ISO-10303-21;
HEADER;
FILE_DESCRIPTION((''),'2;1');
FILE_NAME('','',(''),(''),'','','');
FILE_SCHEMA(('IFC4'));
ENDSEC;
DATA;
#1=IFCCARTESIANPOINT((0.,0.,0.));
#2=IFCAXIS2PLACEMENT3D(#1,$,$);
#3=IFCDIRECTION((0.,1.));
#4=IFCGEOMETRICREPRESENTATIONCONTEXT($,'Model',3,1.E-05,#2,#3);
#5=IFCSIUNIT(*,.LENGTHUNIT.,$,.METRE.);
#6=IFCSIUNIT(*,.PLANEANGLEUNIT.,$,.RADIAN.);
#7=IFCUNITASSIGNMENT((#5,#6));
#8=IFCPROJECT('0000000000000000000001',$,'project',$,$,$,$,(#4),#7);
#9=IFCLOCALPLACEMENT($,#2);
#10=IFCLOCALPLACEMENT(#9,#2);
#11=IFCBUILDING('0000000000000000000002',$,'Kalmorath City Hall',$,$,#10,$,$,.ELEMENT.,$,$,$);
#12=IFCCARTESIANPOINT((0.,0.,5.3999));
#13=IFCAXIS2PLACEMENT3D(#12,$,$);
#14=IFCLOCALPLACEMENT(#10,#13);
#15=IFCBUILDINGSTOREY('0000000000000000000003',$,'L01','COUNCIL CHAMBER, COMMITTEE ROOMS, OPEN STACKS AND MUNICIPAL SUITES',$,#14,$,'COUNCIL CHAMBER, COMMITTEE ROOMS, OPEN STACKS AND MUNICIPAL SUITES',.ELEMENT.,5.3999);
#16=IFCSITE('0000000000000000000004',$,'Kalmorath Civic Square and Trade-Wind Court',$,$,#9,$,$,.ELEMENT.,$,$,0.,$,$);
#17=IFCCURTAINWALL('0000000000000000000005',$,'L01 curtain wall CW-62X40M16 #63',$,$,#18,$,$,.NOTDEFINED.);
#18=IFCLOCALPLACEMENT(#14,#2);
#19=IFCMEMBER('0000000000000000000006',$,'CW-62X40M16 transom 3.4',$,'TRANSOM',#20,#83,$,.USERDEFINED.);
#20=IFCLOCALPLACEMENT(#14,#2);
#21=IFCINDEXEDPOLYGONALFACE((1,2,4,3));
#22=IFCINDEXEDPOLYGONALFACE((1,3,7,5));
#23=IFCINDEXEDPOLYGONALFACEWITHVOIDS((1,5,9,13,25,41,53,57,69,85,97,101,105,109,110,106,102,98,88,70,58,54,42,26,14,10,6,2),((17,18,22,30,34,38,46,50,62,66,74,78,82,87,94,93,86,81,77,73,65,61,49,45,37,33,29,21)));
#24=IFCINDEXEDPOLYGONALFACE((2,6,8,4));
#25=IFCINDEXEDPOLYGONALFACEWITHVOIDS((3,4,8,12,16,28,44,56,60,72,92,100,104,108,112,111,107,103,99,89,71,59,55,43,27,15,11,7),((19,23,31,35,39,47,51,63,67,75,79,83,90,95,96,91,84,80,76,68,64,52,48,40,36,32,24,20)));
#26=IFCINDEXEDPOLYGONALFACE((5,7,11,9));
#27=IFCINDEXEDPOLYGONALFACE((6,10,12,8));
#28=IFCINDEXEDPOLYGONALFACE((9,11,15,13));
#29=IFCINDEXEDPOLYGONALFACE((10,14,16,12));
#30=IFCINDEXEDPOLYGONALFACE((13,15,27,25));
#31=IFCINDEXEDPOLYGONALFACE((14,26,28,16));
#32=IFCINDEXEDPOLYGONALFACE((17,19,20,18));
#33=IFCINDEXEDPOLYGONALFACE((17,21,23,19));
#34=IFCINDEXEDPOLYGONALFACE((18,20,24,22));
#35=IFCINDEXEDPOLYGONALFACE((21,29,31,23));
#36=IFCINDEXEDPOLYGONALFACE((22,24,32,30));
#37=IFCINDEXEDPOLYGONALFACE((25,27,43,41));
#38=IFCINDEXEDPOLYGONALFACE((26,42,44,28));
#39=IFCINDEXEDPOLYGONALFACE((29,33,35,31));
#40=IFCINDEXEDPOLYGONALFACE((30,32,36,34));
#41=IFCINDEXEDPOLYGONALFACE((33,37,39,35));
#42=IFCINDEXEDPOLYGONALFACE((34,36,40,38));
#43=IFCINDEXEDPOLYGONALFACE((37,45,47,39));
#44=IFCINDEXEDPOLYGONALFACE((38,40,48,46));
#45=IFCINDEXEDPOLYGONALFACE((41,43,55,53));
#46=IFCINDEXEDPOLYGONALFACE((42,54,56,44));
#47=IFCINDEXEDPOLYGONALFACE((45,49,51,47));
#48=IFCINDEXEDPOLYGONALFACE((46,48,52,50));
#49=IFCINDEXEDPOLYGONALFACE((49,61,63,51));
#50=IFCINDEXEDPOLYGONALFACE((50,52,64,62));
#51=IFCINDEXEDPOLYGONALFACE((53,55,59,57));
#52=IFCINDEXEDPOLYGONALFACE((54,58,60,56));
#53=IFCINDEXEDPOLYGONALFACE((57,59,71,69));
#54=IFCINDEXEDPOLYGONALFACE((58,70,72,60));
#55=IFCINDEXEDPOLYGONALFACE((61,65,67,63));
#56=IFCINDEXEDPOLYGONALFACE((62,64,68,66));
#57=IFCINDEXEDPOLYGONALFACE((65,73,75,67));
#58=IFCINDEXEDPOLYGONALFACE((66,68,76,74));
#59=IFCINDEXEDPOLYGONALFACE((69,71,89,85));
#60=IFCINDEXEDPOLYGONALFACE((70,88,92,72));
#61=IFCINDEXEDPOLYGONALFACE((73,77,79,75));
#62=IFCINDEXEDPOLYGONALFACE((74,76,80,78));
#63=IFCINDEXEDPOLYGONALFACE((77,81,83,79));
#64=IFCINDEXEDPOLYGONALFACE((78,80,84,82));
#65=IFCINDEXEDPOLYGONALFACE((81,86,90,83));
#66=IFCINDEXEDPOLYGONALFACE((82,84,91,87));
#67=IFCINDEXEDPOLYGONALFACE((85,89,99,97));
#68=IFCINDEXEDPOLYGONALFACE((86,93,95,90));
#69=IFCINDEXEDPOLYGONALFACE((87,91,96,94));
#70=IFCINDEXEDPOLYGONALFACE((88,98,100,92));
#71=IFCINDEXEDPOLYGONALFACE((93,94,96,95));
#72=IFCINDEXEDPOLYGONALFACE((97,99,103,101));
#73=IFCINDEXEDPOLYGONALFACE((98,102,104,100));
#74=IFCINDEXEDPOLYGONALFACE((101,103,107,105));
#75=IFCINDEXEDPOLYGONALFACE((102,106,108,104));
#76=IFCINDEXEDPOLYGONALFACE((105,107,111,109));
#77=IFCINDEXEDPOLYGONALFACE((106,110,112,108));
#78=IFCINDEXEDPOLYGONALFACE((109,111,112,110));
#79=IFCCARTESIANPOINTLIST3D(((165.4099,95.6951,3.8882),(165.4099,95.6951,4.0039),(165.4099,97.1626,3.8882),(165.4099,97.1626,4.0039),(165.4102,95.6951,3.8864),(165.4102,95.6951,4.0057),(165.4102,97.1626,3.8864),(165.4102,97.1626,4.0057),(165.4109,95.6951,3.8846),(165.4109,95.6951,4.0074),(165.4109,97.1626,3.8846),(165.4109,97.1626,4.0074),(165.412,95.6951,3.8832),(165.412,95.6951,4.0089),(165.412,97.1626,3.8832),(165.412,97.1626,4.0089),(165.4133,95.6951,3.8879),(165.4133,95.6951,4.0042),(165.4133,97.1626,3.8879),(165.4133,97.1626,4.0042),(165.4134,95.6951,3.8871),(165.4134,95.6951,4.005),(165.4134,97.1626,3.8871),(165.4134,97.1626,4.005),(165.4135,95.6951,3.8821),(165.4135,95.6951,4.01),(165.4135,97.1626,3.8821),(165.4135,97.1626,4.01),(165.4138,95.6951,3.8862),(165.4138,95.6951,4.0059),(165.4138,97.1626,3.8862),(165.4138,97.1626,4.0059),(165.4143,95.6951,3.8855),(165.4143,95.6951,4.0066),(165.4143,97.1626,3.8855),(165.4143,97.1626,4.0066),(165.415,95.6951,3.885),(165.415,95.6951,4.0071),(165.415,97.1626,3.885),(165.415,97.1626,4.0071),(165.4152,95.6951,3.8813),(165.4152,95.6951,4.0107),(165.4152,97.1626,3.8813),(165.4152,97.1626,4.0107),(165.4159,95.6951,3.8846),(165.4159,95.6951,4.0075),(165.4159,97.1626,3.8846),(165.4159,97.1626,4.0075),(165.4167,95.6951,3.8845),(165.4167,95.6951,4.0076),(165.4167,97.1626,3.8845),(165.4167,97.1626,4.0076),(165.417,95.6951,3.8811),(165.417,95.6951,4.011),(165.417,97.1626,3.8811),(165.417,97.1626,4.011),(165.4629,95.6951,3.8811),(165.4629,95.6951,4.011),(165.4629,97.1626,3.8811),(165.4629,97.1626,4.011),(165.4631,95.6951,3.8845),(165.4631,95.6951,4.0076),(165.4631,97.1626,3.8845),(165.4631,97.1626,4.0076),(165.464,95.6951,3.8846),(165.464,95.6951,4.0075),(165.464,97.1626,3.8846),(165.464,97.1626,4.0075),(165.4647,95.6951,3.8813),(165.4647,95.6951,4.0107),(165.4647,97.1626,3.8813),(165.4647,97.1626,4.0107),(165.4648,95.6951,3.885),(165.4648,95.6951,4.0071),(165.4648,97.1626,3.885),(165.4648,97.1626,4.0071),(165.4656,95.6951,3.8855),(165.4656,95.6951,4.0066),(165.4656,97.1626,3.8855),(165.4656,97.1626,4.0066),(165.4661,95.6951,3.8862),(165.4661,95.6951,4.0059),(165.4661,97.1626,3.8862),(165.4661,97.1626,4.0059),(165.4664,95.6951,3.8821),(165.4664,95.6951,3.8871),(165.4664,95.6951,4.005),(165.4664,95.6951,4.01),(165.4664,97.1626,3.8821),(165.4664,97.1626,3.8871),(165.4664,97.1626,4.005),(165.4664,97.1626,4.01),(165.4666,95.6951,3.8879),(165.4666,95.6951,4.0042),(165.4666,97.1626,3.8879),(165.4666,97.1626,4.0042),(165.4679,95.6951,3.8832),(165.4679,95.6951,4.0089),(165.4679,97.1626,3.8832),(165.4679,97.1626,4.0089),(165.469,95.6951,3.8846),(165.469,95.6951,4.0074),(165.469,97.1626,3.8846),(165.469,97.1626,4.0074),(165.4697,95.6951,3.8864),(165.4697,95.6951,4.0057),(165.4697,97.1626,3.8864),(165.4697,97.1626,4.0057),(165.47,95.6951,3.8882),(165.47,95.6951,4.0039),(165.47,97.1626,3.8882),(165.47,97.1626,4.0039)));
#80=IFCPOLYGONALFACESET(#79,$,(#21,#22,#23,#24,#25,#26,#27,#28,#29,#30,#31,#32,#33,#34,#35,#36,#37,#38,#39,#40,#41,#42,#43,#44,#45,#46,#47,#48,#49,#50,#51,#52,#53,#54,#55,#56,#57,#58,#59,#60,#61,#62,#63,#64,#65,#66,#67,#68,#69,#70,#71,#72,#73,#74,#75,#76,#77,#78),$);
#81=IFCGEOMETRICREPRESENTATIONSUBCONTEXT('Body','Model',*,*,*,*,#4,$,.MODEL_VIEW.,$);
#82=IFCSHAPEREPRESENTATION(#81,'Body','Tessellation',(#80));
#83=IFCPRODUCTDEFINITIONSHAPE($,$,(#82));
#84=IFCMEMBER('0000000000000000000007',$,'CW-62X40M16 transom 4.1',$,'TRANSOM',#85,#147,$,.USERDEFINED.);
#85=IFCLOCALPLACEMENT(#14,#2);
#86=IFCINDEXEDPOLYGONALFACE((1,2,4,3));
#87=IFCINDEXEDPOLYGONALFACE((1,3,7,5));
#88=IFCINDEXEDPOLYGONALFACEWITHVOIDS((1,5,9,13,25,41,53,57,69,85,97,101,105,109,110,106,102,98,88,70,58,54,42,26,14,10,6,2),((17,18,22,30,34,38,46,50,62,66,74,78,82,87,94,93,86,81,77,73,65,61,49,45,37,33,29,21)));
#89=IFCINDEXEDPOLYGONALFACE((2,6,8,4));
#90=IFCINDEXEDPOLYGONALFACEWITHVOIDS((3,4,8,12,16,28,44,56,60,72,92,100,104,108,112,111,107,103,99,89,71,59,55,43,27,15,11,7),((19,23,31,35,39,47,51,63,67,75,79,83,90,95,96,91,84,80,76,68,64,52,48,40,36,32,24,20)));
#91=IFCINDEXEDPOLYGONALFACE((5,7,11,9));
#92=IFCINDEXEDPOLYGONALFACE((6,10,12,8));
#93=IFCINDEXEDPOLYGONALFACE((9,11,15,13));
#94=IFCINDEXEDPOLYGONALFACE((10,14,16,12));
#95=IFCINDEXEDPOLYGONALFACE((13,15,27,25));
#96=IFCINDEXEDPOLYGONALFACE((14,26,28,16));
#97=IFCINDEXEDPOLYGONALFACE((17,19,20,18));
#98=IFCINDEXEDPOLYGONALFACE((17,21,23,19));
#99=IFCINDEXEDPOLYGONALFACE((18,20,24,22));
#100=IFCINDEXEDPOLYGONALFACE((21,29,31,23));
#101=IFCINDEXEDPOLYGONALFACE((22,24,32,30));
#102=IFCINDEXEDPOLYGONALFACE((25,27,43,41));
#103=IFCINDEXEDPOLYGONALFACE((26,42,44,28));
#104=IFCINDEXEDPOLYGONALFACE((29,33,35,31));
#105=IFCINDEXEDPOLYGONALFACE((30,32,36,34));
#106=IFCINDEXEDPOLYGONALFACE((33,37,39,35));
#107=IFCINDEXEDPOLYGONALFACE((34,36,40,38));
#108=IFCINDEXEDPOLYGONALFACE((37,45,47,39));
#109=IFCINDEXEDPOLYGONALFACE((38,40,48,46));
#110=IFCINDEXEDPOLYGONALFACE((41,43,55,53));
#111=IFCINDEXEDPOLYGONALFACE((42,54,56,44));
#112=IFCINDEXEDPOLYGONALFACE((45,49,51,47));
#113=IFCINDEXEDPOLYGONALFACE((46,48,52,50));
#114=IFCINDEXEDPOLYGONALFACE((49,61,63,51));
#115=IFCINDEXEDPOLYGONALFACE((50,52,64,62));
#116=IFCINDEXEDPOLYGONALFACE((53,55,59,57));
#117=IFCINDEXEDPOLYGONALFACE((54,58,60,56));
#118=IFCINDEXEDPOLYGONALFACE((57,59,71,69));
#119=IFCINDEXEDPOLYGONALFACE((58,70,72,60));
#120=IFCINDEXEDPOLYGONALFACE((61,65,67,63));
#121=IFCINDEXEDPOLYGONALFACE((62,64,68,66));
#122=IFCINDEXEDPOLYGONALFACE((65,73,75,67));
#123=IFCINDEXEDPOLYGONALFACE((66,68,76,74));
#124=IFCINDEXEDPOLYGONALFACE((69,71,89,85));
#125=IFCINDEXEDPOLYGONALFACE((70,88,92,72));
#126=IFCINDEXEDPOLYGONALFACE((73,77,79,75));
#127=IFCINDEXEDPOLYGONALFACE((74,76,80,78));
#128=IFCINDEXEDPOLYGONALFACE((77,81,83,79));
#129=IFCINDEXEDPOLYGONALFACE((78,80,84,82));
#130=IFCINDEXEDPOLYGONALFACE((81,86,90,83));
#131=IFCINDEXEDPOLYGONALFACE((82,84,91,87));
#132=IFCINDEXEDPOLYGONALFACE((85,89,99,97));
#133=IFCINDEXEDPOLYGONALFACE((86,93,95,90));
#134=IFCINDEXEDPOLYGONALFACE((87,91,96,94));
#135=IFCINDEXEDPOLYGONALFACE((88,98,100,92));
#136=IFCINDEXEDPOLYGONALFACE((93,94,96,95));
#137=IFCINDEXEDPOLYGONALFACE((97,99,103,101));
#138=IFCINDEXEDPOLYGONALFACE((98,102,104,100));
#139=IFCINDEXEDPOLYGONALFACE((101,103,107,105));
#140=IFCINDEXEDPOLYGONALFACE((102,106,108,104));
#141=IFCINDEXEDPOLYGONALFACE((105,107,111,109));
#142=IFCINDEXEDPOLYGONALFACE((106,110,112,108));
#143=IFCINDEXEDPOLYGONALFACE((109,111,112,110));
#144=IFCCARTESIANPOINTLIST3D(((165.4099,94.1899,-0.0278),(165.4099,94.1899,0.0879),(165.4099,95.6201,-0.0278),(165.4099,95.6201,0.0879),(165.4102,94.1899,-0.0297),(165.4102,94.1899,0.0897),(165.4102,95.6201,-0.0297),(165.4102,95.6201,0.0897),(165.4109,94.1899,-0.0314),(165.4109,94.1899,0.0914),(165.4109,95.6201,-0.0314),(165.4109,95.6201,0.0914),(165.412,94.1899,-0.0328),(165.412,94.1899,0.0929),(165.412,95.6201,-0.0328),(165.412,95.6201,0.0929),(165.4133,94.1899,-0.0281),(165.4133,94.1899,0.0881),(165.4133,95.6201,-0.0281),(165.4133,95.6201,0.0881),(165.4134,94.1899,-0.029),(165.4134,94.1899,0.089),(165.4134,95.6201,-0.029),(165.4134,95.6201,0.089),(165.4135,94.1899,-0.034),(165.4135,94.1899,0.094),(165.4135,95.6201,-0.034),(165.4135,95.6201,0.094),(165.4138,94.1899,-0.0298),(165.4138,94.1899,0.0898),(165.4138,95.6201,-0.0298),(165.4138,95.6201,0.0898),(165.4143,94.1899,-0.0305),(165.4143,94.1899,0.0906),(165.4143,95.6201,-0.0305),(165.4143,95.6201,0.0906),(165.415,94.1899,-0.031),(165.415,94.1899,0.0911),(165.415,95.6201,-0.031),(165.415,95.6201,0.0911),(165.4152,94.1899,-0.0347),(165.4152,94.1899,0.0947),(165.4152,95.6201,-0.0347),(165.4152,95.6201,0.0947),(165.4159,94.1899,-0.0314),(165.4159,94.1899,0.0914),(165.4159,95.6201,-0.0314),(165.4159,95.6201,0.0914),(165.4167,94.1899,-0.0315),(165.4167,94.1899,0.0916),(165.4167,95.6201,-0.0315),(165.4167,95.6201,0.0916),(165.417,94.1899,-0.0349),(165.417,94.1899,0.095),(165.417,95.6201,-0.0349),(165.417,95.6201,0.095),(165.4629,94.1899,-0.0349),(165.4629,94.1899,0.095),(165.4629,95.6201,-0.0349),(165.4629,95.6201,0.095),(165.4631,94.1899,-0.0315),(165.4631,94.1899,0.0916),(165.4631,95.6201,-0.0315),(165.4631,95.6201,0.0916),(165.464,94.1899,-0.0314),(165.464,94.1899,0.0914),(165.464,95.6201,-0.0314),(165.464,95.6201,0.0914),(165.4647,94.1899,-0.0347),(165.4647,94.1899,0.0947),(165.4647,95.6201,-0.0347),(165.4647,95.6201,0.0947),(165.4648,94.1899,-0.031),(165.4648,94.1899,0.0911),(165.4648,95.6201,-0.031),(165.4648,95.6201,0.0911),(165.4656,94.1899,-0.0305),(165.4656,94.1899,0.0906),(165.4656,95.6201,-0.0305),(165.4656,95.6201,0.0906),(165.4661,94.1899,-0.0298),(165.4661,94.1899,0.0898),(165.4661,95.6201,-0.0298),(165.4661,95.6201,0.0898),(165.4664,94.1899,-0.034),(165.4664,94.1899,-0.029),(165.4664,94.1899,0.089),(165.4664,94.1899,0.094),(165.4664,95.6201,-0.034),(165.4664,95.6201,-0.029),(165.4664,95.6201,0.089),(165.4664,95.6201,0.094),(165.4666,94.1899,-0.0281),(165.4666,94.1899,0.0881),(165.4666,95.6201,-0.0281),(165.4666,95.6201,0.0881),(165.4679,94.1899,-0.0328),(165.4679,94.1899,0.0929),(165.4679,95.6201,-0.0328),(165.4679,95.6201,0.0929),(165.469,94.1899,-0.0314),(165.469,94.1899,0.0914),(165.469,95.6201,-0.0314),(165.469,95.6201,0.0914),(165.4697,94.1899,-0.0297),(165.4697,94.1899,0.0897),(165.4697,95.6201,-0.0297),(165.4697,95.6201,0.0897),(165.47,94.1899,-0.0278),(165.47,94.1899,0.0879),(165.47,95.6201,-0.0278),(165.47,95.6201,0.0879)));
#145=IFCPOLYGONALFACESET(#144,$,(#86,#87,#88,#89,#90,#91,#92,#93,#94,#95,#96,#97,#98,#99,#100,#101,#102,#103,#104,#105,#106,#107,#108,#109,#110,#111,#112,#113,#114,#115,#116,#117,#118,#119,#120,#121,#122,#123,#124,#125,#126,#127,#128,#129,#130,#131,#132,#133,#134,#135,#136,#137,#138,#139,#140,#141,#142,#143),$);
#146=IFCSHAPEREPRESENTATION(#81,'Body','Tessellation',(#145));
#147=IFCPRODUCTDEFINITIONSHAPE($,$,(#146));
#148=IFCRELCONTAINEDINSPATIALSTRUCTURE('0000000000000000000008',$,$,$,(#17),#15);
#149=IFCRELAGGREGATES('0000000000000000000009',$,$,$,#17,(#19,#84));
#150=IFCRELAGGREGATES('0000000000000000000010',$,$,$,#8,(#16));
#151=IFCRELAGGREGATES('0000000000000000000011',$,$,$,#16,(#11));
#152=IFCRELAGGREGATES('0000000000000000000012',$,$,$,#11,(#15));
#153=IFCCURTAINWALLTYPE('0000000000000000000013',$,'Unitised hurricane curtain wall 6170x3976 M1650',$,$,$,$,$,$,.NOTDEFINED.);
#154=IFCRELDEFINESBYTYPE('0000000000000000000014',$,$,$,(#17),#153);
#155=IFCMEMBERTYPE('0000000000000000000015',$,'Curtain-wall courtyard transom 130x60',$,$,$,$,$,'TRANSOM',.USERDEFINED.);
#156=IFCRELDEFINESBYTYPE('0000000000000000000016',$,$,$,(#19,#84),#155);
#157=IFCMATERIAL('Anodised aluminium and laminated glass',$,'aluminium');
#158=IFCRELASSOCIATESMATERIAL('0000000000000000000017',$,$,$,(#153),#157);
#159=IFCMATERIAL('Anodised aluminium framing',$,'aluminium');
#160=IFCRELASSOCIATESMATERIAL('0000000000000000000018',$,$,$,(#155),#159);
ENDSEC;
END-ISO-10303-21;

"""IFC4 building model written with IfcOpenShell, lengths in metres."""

from ifc_helpers import new_model, si_unit, direction, frame, origin, origin_2d, place, context, subcontext, project, spatial, hollow_rectangle, extrude, material, material_profile, profile_set, type_object, element, aggregate, save


model = new_model("IFC4")

# Units and contexts
model_context = context("Model", 3, precision=1e-05, world=origin(), true_north=direction((0.0, 1.0)))
body_context = subcontext(model_context, "Body", "Model", "MODEL_VIEW")
ifc_project = project(units=[si_unit("LENGTHUNIT", "METRE"), si_unit("PLANEANGLEUNIT", "RADIAN")], contexts=[model_context])

# Site, building, storey
site_placement = place(None, origin())
site = spatial("IfcSite", under=ifc_project, at=site_placement, Name="Kalmorath Civic Square and Trade-Wind Court", CompositionType="ELEMENT", RefElevation=0.0)
building_placement = place(site_placement, origin())
building = spatial("IfcBuilding", under=site, at=building_placement, Name="Kalmorath City Hall", CompositionType="ELEMENT")
storey_placement = place(building_placement, frame((0.0, 0.0, 5.3999)))
storey = spatial("IfcBuildingStorey", under=building, at=storey_placement, Name="L01", Description="COUNCIL CHAMBER, COMMITTEE ROOMS, OPEN STACKS AND MUNICIPAL SUITES", LongName="COUNCIL CHAMBER, COMMITTEE ROOMS, OPEN STACKS AND MUNICIPAL SUITES", CompositionType="ELEMENT", Elevation=5.3999)

# Curtain wall, members
ifc_material_1 = material(Name="Anodised aluminium and laminated glass", Category="aluminium")
curtain_wall_type = type_object("IfcCurtainWallType", Name="Unitised hurricane curtain wall 6170x3976 M1650", PredefinedType="NOTDEFINED", material=ifc_material_1)
curtain_wall_placement = place(storey_placement, origin())
curtain_wall = element("IfcCurtainWall", 1, at=curtain_wall_placement, inside=storey, type_object=curtain_wall_type, Name="L01 curtain wall CW-62X40M16 #63", PredefinedType="NOTDEFINED")
ifc_material_2 = material(Name="Anodised aluminium framing", Category="aluminium")
ifc_material_profile_1 = material_profile(ifc_material_2, hollow_rectangle(XDim=0.0601, YDim=0.1299, WallThickness=0.0034, InnerFilletRadius=0.0034, OuterFilletRadius=0.0071, at=origin_2d()), Name="ALU-TRN-130X60X3.5")
ifc_profile_set_1 = profile_set([ifc_material_profile_1], Name="Anodised aluminium framing")
member_type_1 = type_object("IfcMemberType", Name="Curtain-wall courtyard transom 130x60", ElementType="TRANSOM", PredefinedType="USERDEFINED", material=ifc_profile_set_1)
member_1_placement = place(storey_placement, frame((165.4399, 97.1626, 3.946), z_axis=(0.0, -1.0, 0.0), x_axis=(1.0, 0.0, 0.0)))
member_1 = element("IfcMember", 2, at=member_1_placement, type_object=member_type_1, Name="CW-62X40M16 transom 3.4", ObjectType="TRANSOM", PredefinedType="USERDEFINED", context=body_context, shape_type="SweptSolid", body=[
    extrude(hollow_rectangle(XDim=0.0601, YDim=0.1299, WallThickness=0.0034, InnerFilletRadius=0.0034, OuterFilletRadius=0.0071, at=origin_2d()), origin(), (0.0, 0.0, 1.0), 1.4675),
])
member_2_placement = place(storey_placement, frame((165.4399, 95.6201, 0.03), z_axis=(0.0, -1.0, 0.0), x_axis=(1.0, 0.0, 0.0)))
member_2 = element("IfcMember", 3, at=member_2_placement, type_object=member_type_1, Name="CW-62X40M16 transom 4.1", ObjectType="TRANSOM", PredefinedType="USERDEFINED", context=body_context, shape_type="SweptSolid", body=[
    extrude(hollow_rectangle(XDim=0.0601, YDim=0.1299, WallThickness=0.0034, InnerFilletRadius=0.0034, OuterFilletRadius=0.0071, at=origin_2d()), origin(), (0.0, 0.0, 1.0), 1.4302),
])

aggregate(curtain_wall, [member_1, member_2])

save(model, "model.ifc")
